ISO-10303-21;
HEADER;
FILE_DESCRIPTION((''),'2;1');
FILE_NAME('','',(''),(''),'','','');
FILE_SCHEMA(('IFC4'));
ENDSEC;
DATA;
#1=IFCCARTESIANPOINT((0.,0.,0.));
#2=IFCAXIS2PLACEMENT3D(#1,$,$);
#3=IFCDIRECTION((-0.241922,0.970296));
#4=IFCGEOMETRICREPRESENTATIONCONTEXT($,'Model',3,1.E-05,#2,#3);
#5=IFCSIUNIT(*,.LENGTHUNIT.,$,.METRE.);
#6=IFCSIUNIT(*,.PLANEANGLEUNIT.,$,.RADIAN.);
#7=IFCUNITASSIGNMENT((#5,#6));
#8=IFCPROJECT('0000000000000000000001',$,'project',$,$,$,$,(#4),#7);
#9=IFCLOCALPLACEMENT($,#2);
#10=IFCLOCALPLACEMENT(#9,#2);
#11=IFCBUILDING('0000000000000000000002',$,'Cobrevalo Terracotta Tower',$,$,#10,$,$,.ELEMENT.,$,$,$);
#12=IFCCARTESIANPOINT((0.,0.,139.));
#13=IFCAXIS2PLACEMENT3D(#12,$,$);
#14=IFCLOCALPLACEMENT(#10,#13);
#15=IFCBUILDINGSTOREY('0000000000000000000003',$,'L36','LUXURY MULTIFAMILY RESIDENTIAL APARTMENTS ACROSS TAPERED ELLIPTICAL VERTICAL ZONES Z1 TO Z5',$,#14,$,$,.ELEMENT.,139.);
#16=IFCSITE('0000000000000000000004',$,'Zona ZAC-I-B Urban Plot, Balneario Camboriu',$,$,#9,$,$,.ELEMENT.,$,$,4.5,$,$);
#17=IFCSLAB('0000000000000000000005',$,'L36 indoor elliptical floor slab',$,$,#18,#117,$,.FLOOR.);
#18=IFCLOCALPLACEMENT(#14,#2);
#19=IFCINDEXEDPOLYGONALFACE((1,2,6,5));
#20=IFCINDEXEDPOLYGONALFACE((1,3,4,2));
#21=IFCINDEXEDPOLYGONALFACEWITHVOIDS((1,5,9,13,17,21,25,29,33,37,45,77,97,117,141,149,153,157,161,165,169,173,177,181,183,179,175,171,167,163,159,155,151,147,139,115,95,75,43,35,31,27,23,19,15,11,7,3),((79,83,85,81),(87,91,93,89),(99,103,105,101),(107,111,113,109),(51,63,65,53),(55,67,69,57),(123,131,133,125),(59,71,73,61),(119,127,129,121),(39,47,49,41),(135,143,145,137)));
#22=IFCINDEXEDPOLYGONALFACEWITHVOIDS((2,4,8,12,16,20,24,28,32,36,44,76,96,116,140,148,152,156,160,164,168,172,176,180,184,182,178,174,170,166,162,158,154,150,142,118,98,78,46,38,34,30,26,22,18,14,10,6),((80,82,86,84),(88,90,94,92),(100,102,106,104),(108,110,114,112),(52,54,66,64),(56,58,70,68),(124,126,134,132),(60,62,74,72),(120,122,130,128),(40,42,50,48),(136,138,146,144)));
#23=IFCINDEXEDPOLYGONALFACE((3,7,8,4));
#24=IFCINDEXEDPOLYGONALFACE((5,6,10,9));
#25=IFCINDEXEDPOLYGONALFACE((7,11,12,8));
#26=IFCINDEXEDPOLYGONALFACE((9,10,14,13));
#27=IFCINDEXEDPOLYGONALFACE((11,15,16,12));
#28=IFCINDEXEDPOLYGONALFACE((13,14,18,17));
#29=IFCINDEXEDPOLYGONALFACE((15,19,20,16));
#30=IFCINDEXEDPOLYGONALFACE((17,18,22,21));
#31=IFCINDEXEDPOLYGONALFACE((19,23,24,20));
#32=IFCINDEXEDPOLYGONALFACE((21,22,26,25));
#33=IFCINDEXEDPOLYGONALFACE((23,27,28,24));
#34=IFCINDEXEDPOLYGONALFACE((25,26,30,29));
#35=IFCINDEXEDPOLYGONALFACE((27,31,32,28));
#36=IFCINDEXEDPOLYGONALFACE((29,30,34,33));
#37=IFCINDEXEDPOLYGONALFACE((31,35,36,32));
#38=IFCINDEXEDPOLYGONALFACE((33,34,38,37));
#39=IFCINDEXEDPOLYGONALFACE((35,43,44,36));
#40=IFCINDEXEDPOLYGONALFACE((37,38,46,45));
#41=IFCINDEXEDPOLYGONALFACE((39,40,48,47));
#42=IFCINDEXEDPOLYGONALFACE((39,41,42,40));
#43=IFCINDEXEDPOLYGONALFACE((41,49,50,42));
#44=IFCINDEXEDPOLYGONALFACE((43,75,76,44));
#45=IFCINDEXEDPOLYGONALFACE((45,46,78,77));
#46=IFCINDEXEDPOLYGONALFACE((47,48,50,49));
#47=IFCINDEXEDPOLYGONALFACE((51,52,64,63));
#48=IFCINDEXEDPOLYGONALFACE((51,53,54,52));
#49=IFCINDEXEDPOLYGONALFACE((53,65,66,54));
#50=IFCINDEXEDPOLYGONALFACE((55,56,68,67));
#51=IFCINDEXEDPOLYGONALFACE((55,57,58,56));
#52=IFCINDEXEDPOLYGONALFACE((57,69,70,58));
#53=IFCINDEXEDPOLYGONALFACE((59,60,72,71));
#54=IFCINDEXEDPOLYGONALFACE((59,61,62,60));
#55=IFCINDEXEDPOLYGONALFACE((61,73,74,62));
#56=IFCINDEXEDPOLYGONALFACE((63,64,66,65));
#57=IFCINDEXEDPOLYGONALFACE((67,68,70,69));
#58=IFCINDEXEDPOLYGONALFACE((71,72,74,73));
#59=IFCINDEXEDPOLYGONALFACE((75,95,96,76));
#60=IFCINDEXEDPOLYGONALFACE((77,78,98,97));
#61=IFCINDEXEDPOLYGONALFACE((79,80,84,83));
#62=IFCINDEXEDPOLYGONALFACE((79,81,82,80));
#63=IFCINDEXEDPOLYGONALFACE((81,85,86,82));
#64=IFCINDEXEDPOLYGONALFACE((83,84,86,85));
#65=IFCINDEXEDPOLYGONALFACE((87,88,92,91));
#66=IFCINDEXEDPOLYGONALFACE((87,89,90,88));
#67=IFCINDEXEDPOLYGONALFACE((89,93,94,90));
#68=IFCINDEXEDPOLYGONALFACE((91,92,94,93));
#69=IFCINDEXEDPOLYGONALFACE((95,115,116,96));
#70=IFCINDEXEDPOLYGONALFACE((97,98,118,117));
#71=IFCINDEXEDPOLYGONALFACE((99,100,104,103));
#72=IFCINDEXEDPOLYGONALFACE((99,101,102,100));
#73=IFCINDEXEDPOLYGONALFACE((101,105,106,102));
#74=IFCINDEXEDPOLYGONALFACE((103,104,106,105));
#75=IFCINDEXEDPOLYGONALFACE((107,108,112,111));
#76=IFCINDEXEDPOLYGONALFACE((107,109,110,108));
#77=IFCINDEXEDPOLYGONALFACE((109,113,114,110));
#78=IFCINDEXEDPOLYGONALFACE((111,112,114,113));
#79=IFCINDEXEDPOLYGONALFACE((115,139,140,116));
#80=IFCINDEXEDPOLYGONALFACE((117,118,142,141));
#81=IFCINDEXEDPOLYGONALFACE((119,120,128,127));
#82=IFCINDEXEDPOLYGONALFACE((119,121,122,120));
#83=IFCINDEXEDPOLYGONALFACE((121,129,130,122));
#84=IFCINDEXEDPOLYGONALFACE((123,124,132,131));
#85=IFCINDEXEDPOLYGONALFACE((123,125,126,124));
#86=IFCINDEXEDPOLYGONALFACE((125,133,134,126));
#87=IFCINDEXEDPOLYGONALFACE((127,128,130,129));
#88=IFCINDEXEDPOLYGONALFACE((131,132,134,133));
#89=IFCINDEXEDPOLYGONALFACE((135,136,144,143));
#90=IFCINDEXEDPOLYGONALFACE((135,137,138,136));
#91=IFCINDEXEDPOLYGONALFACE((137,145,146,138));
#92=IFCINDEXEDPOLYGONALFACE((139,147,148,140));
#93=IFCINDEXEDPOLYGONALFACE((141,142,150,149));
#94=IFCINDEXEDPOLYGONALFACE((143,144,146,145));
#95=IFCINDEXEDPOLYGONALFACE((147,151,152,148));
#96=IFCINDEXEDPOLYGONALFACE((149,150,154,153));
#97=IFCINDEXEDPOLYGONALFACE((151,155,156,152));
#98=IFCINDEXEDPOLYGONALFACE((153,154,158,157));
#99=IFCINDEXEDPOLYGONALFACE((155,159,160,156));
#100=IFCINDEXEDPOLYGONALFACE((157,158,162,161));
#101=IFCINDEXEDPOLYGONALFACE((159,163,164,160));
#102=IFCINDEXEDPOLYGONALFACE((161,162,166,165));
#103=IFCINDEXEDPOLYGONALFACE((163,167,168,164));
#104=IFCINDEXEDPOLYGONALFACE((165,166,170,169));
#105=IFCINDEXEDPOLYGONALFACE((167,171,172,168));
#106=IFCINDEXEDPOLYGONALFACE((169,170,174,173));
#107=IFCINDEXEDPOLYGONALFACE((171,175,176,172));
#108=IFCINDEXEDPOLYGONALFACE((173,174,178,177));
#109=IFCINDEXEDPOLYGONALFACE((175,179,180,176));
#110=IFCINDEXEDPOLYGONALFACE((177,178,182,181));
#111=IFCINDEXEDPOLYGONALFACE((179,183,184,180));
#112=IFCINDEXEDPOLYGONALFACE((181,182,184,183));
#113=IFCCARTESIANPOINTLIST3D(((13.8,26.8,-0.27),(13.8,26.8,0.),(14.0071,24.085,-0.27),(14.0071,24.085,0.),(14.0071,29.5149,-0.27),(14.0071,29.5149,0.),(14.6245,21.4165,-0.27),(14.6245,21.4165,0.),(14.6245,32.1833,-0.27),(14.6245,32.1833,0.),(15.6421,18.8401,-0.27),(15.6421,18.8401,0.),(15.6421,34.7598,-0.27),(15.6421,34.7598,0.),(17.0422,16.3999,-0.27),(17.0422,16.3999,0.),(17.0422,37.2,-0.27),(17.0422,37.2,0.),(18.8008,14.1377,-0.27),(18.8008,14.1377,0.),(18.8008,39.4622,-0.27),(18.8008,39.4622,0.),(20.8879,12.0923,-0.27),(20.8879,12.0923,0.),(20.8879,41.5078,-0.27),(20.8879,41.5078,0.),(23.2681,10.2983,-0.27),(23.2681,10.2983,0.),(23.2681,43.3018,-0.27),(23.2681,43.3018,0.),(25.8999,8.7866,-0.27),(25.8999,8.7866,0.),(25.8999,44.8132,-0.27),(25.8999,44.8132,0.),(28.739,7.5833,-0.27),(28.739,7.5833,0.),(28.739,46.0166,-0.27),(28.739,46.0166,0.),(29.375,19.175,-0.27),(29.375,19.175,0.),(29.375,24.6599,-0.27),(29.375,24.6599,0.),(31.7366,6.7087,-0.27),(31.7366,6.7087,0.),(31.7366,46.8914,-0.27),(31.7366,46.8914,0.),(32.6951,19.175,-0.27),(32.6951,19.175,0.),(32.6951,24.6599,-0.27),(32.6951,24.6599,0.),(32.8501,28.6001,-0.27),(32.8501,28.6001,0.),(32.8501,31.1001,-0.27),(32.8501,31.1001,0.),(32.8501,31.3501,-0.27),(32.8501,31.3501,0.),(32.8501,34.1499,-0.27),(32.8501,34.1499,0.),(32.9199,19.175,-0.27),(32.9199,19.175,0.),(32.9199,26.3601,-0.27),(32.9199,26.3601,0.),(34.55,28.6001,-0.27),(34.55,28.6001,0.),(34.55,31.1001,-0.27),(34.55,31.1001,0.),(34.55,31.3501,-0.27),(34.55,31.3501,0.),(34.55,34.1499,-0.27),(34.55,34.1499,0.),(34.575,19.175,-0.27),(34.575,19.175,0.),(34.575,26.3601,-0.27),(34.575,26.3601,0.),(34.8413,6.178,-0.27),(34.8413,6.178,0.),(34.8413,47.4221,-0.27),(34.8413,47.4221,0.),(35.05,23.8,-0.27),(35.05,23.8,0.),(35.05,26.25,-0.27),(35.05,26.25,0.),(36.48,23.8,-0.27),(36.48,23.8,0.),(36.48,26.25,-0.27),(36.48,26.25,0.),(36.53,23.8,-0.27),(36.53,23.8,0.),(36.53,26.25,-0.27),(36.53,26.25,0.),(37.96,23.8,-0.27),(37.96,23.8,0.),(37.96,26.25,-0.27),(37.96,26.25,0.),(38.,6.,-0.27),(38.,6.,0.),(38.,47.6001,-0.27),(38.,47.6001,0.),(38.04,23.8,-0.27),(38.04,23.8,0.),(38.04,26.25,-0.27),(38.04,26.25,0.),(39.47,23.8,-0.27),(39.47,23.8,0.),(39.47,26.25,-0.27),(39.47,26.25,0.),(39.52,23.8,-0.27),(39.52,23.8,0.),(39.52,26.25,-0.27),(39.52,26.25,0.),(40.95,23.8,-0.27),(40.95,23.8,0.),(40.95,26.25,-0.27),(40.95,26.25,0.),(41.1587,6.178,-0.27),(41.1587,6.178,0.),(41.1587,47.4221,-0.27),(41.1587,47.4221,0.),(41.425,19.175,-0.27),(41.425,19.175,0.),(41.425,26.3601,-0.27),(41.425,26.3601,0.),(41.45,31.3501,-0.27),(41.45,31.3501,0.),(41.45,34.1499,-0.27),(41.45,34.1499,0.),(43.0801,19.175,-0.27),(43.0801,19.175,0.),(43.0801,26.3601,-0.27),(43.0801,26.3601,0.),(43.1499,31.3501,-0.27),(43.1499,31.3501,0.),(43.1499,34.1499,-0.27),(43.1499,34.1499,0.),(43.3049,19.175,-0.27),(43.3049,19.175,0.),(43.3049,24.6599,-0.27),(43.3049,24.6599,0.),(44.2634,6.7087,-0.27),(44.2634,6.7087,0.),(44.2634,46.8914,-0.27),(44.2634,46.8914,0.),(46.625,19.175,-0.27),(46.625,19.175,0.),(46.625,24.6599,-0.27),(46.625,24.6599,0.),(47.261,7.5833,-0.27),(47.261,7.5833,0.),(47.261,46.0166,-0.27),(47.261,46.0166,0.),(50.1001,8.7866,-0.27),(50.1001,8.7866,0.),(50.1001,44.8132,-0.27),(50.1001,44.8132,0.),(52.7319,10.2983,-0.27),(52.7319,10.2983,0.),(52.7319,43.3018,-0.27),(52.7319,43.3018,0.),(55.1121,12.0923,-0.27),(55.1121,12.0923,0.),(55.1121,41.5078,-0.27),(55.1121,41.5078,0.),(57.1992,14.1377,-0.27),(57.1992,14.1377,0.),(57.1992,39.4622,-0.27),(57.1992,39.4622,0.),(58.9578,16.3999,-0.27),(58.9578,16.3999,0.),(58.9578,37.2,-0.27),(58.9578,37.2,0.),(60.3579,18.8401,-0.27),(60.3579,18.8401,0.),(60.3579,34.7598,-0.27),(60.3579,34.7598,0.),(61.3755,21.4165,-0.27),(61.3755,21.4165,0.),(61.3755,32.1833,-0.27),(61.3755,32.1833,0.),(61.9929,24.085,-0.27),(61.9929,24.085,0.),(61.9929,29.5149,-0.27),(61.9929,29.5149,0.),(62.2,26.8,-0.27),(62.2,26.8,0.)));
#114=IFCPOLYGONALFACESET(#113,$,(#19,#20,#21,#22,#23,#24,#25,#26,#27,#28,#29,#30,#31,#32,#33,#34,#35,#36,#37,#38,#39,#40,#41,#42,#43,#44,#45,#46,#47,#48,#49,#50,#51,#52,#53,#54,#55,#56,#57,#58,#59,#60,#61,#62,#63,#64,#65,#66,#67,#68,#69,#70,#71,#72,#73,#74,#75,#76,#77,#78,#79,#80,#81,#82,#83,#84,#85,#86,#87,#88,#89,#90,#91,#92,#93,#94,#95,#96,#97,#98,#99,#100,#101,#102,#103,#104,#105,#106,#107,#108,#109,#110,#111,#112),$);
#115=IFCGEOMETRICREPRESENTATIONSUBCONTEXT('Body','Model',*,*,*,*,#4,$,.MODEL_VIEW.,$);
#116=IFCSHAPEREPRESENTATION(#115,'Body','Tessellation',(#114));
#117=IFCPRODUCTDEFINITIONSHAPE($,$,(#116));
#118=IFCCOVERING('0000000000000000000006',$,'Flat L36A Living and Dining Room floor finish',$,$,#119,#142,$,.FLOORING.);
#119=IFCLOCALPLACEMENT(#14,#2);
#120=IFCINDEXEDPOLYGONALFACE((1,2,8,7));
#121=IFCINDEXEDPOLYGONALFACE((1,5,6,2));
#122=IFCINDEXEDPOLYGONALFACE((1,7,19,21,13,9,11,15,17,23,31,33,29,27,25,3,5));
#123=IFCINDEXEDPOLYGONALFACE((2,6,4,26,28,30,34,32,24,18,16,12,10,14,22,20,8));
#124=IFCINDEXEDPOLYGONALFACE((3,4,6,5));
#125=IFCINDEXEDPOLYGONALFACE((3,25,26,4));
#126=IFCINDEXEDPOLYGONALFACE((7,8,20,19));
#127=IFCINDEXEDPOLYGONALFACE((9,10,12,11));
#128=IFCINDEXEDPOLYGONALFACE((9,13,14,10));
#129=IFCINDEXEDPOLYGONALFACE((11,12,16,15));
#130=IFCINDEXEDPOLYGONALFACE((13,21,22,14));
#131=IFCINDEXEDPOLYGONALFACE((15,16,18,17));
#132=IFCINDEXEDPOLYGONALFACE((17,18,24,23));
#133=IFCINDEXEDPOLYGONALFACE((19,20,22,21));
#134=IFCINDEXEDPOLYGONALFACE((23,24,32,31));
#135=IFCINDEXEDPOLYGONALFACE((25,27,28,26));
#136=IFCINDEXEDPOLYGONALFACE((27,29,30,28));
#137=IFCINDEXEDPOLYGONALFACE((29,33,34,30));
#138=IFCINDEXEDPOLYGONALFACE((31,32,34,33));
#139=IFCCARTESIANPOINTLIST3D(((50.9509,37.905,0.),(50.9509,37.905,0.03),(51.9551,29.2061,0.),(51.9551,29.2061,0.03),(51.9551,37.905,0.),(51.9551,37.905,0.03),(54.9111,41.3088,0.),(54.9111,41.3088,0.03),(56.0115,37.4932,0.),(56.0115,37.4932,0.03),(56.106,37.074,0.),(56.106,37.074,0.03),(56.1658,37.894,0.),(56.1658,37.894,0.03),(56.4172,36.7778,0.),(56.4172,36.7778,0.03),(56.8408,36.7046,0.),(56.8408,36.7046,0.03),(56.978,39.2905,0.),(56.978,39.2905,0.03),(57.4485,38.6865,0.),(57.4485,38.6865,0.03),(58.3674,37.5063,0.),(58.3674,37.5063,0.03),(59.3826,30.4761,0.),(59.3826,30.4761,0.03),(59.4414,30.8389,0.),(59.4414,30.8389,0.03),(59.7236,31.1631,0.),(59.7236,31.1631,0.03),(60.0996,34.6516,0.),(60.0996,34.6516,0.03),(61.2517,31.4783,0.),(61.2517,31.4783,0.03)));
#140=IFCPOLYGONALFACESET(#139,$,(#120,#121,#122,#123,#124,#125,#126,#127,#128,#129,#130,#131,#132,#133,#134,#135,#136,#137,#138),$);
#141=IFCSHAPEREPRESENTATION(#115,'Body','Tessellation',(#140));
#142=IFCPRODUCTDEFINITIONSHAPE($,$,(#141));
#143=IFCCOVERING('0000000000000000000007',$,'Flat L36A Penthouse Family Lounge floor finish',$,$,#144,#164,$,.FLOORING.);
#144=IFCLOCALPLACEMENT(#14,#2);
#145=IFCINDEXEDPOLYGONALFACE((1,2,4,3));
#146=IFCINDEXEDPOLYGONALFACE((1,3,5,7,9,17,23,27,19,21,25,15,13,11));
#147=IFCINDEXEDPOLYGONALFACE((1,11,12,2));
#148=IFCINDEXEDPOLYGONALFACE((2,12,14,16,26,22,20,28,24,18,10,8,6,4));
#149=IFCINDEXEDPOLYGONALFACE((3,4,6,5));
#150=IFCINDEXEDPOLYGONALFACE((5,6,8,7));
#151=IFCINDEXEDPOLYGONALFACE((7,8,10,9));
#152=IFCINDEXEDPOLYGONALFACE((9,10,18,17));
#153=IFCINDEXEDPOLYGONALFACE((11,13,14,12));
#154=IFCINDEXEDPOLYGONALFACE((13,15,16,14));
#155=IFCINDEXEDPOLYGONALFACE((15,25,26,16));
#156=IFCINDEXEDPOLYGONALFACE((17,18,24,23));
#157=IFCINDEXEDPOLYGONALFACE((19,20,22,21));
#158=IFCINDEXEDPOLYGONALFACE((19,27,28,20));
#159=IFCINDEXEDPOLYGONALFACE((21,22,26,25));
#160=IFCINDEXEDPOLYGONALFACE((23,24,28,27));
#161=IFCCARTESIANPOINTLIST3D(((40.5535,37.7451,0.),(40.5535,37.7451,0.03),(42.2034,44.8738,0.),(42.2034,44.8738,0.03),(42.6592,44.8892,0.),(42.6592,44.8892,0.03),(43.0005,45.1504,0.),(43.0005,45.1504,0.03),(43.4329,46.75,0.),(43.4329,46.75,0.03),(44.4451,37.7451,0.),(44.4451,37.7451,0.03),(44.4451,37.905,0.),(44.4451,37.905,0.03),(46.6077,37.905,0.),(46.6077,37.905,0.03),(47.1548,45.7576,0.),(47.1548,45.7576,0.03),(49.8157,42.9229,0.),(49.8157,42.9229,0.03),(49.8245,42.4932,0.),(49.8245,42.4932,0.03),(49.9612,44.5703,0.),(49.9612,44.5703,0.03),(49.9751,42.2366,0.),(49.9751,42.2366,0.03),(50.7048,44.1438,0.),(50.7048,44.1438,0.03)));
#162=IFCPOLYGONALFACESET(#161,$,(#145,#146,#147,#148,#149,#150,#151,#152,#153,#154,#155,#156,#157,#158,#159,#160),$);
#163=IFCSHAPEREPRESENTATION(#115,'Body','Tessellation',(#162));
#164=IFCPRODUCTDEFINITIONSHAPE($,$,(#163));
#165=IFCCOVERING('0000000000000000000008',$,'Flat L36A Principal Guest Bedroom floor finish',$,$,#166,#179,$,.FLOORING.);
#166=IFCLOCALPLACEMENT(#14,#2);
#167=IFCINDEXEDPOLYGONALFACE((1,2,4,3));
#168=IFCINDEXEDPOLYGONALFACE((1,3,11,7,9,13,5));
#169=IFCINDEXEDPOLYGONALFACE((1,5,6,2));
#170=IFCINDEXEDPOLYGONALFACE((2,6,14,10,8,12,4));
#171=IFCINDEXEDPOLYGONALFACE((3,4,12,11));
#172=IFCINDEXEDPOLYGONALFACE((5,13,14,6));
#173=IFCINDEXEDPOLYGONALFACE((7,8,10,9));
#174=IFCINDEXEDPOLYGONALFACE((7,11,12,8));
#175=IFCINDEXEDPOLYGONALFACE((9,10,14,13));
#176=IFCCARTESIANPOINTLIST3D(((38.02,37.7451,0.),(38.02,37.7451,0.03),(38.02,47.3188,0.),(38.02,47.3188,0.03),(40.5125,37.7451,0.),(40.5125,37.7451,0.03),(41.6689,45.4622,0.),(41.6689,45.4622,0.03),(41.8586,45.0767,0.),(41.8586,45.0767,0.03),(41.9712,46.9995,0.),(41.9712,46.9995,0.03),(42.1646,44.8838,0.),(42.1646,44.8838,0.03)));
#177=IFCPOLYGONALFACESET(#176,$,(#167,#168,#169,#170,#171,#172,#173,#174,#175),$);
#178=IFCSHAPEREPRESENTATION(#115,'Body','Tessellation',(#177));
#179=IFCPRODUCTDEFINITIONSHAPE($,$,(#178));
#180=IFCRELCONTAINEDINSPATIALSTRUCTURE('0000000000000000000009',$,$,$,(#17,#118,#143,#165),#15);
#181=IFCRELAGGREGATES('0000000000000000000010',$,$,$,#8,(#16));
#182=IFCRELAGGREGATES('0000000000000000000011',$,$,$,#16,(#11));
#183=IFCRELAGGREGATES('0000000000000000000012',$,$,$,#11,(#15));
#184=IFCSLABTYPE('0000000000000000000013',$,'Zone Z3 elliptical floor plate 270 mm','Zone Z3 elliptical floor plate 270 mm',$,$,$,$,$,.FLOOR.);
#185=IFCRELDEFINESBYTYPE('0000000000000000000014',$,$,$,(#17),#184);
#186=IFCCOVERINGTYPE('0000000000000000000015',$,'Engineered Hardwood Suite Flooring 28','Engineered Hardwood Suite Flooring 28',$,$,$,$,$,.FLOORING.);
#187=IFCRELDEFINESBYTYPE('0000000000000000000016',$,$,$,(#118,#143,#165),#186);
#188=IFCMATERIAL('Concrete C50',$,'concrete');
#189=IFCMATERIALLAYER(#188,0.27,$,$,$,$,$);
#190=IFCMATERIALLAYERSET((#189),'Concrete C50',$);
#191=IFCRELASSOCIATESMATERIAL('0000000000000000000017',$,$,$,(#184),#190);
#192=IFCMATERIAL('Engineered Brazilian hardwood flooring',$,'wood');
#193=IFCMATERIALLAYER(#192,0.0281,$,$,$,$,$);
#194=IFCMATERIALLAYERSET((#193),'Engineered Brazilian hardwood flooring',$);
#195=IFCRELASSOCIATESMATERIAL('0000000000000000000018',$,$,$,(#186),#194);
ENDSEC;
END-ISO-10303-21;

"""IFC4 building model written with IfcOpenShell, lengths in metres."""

from ifc_helpers import new_model, si_unit, direction, frame, origin, place, context, subcontext, project, spatial, polyline, outline, extrude, material, layer, layer_set, type_object, element, save


model = new_model("IFC4")

# Units and contexts
model_context = context("Model", 3, precision=1e-05, world=origin(), true_north=direction((-0.241922, 0.970296)))
body_context = subcontext(model_context, "Body", "Model", "MODEL_VIEW")
ifc_project = project(units=[si_unit("LENGTHUNIT", "METRE"), si_unit("PLANEANGLEUNIT", "RADIAN")], contexts=[model_context])

# Site, building, storey
site_placement = place(None, origin())
site = spatial("IfcSite", under=ifc_project, at=site_placement, Name="Zona ZAC-I-B Urban Plot, Balneario Camboriu", CompositionType="ELEMENT", RefElevation=4.5)
building_placement = place(site_placement, origin())
building = spatial("IfcBuilding", under=site, at=building_placement, Name="Cobrevalo Terracotta Tower", CompositionType="ELEMENT")
storey_placement = place(building_placement, frame((0.0, 0.0, 139.0)))
storey = spatial("IfcBuildingStorey", under=building, at=storey_placement, Name="L36", Description="LUXURY MULTIFAMILY RESIDENTIAL APARTMENTS ACROSS TAPERED ELLIPTICAL VERTICAL ZONES Z1 TO Z5", CompositionType="ELEMENT", Elevation=139.0)

# Shared definitions
ifc_material_1 = material(Name="Concrete C50", Category="concrete")

# Slab
ifc_layer_1 = layer(ifc_material_1, 0.27)
ifc_layer_set_1 = layer_set([ifc_layer_1], Name="Concrete C50")
slab_type_1 = type_object("IfcSlabType", Name="Zone Z3 elliptical floor plate 270 mm", Description="Zone Z3 elliptical floor plate 270 mm", PredefinedType="FLOOR", material=ifc_layer_set_1)
slab_1_placement = place(storey_placement, frame((0.0, 0.0, -0.27)))
element("IfcSlab", 1, at=slab_1_placement, inside=storey, type_object=slab_type_1, Name="L36 indoor elliptical floor slab", PredefinedType="FLOOR", context=body_context, shape_type="SweptSolid", body=[
    extrude(outline(polyline([(61.9929, 24.085), (61.3755, 21.4165), (60.3579, 18.8401), (58.9578, 16.3999), (57.1992, 14.1377), (55.1121, 12.0923), (52.7319, 10.2983), (50.1001, 8.7866), (47.261, 7.5833), (44.2634, 6.7087), (41.1587, 6.178), (38.0, 6.0), (34.8413, 6.178), (31.7366, 6.7087), (28.739, 7.5833), (25.8999, 8.7866), (23.2681, 10.2983), (20.8879, 12.0923), (18.8008, 14.1377), (17.0422, 16.3999), (15.6421, 18.8401), (14.6245, 21.4165), (14.0071, 24.085), (13.8, 26.8), (14.0071, 29.5149), (14.6245, 32.1833), (15.6421, 34.7598), (17.0422, 37.2), (18.8008, 39.4622), (20.8879, 41.5078), (23.2681, 43.3018), (25.8999, 44.8132), (28.739, 46.0166), (31.7366, 46.8914), (34.8413, 47.4221), (38.0, 47.6001), (41.1587, 47.4221), (44.2634, 46.8914), (47.261, 46.0166), (50.1001, 44.8132), (52.7319, 43.3018), (55.1121, 41.5078), (57.1992, 39.4622), (58.9578, 37.2), (60.3579, 34.7598), (61.3755, 32.1833), (61.9929, 29.5149), (62.2, 26.8), (61.9929, 24.085)]), holes=[polyline([(32.6951, 19.175), (32.6951, 24.6599), (29.375, 24.6599), (29.375, 19.175), (32.6951, 19.175)]), polyline([(34.575, 26.3601), (32.9199, 26.3601), (32.9199, 19.175), (34.575, 19.175), (34.575, 26.3601)]), polyline([(36.48, 26.25), (35.05, 26.25), (35.05, 23.8), (36.48, 23.8), (36.48, 26.25)]), polyline([(37.96, 23.8), (37.96, 26.25), (36.53, 26.25), (36.53, 23.8), (37.96, 23.8)]), polyline([(34.55, 28.6001), (34.55, 31.1001), (32.8501, 31.1001), (32.8501, 28.6001), (34.55, 28.6001)]), polyline([(34.55, 34.1499), (32.8501, 34.1499), (32.8501, 31.3501), (34.55, 31.3501), (34.55, 34.1499)]), polyline([(43.3049, 19.175), (46.625, 19.175), (46.625, 24.6599), (43.3049, 24.6599), (43.3049, 19.175)]), polyline([(43.0801, 19.175), (43.0801, 26.3601), (41.425, 26.3601), (41.425, 19.175), (43.0801, 19.175)]), polyline([(39.47, 26.25), (38.04, 26.25), (38.04, 23.8), (39.47, 23.8), (39.47, 26.25)]), polyline([(40.95, 23.8), (40.95, 26.25), (39.52, 26.25), (39.52, 23.8), (40.95, 23.8)]), polyline([(43.1499, 31.3501), (43.1499, 34.1499), (41.45, 34.1499), (41.45, 31.3501), (43.1499, 31.3501)])]), origin(), (0.0, 0.0, 1.0), 0.27),
])

# Coverings
ifc_material_2 = material(Name="Engineered Brazilian hardwood flooring", Category="wood")
ifc_layer_2 = layer(ifc_material_2, 0.0281)
ifc_layer_set_2 = layer_set([ifc_layer_2], Name="Engineered Brazilian hardwood flooring")
covering_type_1 = type_object("IfcCoveringType", Name="Engineered Hardwood Suite Flooring 28", Description="Engineered Hardwood Suite Flooring 28", PredefinedType="FLOORING", material=ifc_layer_set_2)
covering_1_placement = place(storey_placement, origin())
element("IfcCovering", 2, at=covering_1_placement, inside=storey, type_object=covering_type_1, Name="Flat L36A Living and Dining Room floor finish", PredefinedType="FLOORING", context=body_context, shape_type="SweptSolid", body=[
    extrude(outline(polyline([(56.978, 39.2905), (57.4485, 38.6865), (56.1658, 37.894), (56.0115, 37.4932), (56.106, 37.074), (56.4172, 36.7778), (56.8408, 36.7046), (58.3674, 37.5063), (60.0996, 34.6516), (61.2517, 31.4783), (59.7236, 31.1631), (59.4414, 30.8389), (59.3826, 30.4761), (51.9551, 29.2061), (51.9551, 37.905), (50.9509, 37.905), (54.9111, 41.3088), (56.978, 39.2905)])), origin(), (0.0, 0.0, 1.0), 0.03),
])
covering_2_placement = place(storey_placement, origin())
element("IfcCovering", 3, at=covering_2_placement, inside=storey, type_object=covering_type_1, Name="Flat L36A Penthouse Family Lounge floor finish", PredefinedType="FLOORING", context=body_context, shape_type="SweptSolid", body=[
    extrude(outline(polyline([(49.9612, 44.5703), (50.7048, 44.1438), (49.8157, 42.9229), (49.8245, 42.4932), (49.9751, 42.2366), (46.6077, 37.905), (44.4451, 37.905), (44.4451, 37.7451), (40.5535, 37.7451), (42.2034, 44.8738), (42.6592, 44.8892), (43.0005, 45.1504), (43.4329, 46.75), (47.1548, 45.7576), (49.9612, 44.5703)])), origin(), (0.0, 0.0, 1.0), 0.03),
])
covering_3_placement = place(storey_placement, origin())
element("IfcCovering", 4, at=covering_3_placement, inside=storey, type_object=covering_type_1, Name="Flat L36A Principal Guest Bedroom floor finish", PredefinedType="FLOORING", context=body_context, shape_type="SweptSolid", body=[
    extrude(outline(polyline([(38.02, 47.3188), (41.9712, 46.9995), (41.6689, 45.4622), (41.8586, 45.0767), (42.1646, 44.8838), (40.5125, 37.7451), (38.02, 37.7451), (38.02, 47.3188)])), origin(), (0.0, 0.0, 1.0), 0.03),
])

save(model, "model.ifc")
